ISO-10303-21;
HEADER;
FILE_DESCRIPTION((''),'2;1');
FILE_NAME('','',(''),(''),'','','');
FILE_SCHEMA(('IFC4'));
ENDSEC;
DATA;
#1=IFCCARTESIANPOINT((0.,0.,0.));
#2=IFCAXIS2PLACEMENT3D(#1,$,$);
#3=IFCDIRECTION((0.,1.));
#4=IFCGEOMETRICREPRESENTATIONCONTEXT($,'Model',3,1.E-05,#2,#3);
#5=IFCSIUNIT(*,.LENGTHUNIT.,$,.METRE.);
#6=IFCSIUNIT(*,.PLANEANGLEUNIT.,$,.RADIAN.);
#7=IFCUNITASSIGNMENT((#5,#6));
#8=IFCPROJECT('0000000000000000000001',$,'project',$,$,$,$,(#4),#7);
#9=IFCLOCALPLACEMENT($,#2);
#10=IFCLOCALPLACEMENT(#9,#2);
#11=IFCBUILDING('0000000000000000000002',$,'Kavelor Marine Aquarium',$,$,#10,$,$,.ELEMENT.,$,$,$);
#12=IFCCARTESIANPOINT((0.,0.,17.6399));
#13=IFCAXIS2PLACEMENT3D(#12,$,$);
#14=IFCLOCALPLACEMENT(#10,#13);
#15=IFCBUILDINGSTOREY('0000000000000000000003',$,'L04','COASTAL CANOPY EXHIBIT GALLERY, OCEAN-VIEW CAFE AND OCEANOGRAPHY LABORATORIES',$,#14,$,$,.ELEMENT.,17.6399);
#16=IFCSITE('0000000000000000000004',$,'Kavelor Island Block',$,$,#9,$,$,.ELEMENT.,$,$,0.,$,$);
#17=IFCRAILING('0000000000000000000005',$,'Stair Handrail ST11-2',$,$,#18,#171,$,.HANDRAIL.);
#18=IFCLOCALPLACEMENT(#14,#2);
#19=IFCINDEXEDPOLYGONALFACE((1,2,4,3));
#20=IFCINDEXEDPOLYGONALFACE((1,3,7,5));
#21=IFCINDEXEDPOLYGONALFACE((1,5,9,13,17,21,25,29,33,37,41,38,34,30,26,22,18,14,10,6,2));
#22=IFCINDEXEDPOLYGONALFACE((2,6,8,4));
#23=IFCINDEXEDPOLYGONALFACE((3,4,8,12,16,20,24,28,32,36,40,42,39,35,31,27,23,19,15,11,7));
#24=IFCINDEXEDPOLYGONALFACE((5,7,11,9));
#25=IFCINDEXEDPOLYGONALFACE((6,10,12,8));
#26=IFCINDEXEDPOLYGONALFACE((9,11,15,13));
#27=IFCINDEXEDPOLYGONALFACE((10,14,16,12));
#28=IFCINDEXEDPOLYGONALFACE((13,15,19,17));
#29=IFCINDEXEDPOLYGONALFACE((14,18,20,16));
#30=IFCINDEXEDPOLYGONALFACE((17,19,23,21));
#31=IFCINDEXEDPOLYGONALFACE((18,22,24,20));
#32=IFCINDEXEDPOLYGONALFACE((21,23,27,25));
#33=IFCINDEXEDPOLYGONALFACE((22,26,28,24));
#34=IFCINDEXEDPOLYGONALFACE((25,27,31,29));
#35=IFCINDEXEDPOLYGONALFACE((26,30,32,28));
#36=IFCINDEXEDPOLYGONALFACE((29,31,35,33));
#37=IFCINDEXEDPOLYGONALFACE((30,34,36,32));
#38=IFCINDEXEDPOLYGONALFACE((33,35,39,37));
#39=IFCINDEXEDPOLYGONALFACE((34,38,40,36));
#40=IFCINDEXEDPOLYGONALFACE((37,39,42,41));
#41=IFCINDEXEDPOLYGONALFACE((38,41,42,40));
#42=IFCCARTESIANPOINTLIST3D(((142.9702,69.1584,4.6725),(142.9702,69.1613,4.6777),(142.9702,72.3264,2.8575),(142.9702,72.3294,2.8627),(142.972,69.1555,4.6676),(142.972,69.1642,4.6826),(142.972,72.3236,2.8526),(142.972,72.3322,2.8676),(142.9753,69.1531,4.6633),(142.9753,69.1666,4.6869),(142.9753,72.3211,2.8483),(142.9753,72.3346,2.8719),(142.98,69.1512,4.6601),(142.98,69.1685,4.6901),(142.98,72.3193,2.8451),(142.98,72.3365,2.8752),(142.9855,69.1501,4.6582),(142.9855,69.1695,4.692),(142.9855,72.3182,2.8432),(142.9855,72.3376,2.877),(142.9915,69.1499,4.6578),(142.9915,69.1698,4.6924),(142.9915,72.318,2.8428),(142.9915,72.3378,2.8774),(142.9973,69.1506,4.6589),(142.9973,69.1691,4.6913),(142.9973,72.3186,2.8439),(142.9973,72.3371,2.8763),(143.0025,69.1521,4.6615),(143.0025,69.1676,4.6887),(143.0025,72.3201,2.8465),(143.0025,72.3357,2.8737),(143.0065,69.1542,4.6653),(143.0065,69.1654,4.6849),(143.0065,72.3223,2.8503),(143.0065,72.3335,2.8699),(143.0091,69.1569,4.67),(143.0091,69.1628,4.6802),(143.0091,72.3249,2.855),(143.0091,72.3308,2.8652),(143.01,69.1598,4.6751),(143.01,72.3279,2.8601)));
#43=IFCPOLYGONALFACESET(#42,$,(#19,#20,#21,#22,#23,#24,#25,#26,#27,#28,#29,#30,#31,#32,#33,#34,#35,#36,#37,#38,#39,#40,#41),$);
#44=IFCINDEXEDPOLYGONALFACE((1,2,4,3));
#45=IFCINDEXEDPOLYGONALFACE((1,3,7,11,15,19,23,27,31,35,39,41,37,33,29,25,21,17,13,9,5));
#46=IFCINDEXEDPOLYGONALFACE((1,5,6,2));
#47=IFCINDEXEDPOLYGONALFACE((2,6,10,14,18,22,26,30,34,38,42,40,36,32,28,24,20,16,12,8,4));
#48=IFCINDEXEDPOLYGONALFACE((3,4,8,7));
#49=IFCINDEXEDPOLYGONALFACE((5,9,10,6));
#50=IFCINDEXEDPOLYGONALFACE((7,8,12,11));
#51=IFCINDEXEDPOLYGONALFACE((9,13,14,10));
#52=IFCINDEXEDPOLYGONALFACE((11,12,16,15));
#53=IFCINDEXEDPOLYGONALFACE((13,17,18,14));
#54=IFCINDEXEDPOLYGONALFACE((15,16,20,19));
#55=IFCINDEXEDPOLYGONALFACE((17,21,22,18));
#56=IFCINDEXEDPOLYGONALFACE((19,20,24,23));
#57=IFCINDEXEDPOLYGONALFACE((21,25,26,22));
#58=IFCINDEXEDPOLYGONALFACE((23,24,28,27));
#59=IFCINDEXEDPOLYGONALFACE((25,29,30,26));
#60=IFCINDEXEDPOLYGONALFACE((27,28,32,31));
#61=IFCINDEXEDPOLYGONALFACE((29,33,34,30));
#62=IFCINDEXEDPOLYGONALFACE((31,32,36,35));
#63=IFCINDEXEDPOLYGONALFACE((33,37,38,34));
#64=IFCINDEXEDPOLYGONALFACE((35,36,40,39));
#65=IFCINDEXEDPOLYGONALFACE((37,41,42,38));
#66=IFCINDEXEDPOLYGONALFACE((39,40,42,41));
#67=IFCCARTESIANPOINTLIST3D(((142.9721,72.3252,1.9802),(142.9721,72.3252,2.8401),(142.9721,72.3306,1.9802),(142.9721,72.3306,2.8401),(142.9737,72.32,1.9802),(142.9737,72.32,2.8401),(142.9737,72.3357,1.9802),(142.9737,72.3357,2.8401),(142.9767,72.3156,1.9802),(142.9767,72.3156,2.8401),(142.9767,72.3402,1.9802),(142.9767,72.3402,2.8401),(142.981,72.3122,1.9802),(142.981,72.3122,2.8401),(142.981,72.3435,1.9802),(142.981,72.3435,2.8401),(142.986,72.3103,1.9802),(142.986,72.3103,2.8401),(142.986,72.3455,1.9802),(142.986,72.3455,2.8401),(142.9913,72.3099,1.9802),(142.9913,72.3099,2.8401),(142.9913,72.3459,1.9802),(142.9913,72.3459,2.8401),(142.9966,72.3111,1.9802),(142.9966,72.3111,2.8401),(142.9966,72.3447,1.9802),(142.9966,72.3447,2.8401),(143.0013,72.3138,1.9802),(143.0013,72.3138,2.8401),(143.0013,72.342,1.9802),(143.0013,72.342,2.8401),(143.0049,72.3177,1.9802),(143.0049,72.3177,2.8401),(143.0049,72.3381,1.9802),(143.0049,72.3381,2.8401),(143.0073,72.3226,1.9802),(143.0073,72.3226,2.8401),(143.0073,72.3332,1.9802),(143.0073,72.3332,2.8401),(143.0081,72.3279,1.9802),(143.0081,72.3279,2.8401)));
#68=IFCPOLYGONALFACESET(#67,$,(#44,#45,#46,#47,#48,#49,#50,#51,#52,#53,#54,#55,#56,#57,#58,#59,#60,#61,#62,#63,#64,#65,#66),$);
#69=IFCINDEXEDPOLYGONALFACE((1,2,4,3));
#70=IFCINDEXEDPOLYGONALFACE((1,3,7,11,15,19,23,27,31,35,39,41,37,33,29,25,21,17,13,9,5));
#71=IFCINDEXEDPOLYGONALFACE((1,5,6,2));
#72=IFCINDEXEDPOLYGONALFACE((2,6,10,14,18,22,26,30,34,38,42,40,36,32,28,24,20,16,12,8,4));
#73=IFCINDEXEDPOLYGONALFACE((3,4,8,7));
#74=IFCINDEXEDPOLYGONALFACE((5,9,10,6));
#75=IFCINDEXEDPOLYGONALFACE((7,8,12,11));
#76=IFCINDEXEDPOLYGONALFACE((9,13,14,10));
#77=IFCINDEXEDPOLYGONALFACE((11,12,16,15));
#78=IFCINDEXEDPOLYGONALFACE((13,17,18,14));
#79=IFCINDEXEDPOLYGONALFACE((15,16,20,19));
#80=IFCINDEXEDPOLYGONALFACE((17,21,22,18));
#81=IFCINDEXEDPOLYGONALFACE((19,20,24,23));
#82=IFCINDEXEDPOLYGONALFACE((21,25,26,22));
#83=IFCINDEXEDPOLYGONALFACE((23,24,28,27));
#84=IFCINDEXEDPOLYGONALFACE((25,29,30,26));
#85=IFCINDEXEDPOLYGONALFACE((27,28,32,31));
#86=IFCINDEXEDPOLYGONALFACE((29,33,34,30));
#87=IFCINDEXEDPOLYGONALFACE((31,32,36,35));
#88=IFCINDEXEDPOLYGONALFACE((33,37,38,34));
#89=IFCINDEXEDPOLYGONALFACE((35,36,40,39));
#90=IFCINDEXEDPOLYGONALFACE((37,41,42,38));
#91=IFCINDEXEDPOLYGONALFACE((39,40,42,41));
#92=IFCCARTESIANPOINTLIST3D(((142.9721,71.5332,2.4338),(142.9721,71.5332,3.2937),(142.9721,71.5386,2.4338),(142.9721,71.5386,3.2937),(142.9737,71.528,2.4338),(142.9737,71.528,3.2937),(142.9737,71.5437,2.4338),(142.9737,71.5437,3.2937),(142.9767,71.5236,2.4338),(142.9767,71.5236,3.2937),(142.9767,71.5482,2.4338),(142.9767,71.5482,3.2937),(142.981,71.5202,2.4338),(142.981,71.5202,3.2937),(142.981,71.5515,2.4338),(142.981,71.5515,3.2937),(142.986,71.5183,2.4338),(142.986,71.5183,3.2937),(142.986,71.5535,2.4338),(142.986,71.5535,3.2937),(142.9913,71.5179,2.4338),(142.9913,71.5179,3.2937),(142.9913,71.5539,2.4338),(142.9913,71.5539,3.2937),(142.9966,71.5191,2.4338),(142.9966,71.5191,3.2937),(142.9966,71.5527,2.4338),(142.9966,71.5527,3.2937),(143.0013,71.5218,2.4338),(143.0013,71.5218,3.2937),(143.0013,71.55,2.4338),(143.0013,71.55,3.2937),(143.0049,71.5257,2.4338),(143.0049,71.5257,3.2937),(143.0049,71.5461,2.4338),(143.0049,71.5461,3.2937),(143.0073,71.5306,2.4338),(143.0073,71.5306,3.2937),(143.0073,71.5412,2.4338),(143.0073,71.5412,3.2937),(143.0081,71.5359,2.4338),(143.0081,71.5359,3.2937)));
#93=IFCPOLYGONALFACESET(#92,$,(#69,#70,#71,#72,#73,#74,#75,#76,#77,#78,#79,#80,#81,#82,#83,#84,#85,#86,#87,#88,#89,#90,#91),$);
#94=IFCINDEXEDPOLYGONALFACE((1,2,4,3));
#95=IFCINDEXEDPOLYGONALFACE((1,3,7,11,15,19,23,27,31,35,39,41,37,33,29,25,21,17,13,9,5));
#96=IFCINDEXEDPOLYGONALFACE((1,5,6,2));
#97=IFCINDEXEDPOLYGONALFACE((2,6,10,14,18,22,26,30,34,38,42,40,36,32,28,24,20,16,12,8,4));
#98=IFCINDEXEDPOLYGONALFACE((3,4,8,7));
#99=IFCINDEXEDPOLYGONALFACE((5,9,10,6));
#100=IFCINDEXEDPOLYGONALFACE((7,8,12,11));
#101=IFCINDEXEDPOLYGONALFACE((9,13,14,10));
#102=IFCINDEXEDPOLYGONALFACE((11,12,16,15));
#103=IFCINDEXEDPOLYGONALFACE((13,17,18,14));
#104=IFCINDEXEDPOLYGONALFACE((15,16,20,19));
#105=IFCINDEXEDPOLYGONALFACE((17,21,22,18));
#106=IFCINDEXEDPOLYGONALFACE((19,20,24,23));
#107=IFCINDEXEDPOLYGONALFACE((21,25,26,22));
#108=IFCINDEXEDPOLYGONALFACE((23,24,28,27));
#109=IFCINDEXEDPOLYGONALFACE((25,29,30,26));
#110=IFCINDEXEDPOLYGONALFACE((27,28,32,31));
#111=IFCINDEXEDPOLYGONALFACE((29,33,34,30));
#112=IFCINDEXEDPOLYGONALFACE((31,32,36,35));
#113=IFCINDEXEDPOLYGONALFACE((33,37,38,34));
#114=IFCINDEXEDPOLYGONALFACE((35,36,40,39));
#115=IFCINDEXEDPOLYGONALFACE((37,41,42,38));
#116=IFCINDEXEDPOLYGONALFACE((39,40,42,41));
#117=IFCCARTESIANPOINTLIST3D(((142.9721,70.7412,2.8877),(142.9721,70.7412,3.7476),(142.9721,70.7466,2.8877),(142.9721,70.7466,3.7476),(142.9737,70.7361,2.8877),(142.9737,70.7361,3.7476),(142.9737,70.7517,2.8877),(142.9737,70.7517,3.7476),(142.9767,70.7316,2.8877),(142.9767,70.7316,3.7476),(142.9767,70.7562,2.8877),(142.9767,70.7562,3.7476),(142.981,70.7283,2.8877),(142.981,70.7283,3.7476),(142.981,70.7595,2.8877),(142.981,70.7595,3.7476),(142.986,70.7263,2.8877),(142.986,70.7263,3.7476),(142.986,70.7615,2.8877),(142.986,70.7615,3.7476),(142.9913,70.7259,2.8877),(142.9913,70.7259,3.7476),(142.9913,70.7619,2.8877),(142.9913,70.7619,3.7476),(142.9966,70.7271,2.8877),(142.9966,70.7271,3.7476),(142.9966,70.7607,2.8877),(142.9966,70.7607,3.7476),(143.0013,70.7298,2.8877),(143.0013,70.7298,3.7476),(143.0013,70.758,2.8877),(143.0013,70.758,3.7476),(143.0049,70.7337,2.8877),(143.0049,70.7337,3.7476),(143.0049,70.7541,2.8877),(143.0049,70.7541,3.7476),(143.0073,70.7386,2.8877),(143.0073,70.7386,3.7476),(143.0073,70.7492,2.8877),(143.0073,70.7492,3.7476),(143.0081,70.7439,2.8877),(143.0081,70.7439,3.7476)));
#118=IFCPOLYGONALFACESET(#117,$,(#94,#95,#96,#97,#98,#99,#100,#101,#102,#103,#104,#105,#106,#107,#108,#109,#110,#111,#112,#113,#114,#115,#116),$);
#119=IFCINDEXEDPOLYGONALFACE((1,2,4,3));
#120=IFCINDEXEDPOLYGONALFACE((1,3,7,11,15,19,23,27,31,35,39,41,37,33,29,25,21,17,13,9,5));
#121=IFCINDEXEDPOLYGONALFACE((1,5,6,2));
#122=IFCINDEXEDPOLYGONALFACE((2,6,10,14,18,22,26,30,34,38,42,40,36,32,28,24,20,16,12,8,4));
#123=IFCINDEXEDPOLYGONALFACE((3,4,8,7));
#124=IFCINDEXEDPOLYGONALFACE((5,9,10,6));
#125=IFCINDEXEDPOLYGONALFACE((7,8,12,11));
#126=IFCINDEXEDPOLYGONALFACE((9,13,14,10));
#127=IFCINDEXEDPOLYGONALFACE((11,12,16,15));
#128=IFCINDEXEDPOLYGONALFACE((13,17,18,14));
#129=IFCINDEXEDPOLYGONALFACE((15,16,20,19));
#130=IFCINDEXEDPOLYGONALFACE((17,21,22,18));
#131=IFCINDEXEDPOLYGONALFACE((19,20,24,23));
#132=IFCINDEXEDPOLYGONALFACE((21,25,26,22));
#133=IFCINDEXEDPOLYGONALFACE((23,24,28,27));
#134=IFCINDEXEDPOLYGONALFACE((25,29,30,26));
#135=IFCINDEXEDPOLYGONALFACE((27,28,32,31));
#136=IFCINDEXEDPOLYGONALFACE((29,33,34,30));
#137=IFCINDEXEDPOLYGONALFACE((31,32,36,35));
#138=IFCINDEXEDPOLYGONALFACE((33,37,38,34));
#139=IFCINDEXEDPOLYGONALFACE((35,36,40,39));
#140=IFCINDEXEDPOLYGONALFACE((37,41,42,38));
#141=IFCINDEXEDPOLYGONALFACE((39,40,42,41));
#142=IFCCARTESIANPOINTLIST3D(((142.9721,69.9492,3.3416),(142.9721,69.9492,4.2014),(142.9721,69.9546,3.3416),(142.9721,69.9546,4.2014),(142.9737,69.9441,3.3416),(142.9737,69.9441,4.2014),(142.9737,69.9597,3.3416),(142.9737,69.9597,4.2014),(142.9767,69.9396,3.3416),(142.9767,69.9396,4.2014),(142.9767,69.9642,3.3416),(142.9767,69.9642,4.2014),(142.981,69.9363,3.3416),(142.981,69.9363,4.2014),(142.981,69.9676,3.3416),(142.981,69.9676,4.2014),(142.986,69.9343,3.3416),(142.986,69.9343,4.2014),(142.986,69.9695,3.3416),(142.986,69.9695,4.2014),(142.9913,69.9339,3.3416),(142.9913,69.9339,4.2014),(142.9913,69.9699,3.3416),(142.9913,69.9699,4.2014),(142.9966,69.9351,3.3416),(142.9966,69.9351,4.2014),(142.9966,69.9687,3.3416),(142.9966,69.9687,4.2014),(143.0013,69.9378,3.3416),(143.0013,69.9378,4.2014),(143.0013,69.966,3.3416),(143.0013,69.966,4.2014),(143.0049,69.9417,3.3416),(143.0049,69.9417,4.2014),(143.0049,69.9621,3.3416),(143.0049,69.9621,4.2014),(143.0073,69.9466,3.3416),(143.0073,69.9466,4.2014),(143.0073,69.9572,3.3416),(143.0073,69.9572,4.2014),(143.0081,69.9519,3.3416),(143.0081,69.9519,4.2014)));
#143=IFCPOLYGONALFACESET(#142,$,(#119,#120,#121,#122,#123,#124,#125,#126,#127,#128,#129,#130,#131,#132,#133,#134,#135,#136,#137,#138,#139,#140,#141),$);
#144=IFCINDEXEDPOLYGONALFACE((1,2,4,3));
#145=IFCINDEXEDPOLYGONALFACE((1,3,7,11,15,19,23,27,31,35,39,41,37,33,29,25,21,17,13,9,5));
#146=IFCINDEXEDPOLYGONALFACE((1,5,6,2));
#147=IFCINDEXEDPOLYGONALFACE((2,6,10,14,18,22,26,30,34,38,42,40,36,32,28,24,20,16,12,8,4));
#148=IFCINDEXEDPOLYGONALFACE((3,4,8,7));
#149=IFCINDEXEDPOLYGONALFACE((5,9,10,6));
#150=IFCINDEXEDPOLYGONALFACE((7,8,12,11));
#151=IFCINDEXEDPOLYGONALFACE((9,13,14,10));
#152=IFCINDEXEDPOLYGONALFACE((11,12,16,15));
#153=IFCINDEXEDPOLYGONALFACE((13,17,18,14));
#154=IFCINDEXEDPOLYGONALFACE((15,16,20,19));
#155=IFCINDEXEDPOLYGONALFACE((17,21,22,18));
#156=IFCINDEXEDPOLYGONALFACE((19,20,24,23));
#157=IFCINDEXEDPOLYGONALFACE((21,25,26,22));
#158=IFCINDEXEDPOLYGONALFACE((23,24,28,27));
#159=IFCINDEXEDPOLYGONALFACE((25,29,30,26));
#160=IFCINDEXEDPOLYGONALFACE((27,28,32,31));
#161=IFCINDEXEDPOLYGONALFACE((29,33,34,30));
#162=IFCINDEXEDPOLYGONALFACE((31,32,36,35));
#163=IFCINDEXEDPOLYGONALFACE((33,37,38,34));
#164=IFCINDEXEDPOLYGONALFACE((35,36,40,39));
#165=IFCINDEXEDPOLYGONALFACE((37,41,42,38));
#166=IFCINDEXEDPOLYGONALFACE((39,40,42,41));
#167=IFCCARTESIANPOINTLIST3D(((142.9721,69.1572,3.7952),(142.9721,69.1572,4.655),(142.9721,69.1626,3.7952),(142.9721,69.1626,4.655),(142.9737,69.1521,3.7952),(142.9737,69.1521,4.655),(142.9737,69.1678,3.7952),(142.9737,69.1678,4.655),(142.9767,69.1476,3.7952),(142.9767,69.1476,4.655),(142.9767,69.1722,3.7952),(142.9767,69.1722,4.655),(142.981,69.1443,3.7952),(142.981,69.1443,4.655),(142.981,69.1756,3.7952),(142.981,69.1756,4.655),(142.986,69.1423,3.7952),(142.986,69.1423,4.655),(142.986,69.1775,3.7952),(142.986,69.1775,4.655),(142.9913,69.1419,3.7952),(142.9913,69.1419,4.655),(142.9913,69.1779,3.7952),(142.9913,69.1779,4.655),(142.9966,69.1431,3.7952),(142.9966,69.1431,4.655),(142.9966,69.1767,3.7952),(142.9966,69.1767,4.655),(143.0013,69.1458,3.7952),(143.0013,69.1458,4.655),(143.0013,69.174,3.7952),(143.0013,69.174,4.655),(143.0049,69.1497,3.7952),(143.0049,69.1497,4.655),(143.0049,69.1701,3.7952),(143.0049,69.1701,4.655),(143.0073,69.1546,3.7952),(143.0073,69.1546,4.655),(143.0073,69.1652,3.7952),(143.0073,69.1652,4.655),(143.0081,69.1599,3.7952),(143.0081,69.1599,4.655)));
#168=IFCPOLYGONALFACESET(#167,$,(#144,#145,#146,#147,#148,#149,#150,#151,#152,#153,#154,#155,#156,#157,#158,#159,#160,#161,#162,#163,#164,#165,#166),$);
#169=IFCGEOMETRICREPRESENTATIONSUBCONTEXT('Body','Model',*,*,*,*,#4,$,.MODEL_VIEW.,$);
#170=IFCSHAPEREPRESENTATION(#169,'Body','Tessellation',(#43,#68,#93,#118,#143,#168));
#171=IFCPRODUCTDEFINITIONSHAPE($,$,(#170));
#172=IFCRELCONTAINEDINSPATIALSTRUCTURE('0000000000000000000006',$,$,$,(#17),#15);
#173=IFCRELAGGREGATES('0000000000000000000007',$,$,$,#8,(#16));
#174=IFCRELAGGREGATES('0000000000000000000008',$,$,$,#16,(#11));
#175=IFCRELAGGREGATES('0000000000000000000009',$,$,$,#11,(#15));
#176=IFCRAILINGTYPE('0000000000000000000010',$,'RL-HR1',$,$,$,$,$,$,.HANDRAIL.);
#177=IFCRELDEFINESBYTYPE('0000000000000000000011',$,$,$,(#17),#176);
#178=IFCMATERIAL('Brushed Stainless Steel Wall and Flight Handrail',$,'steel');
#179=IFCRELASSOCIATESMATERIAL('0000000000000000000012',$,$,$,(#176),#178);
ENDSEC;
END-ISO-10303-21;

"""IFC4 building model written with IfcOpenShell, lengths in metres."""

from ifc_helpers import new_model, si_unit, direction, frame, origin, origin_2d, place, context, subcontext, project, spatial, circle, extrude, material, type_object, element, save


model = new_model("IFC4")

# Units and contexts
model_context = context("Model", 3, precision=1e-05, world=origin(), true_north=direction((0.0, 1.0)))
body_context = subcontext(model_context, "Body", "Model", "MODEL_VIEW")
ifc_project = project(units=[si_unit("LENGTHUNIT", "METRE"), si_unit("PLANEANGLEUNIT", "RADIAN")], contexts=[model_context])

# Site, building, storey
site_placement = place(None, origin())
site = spatial("IfcSite", under=ifc_project, at=site_placement, Name="Kavelor Island Block", CompositionType="ELEMENT", RefElevation=0.0)
building_placement = place(site_placement, origin())
building = spatial("IfcBuilding", under=site, at=building_placement, Name="Kavelor Marine Aquarium", CompositionType="ELEMENT")
storey_placement = place(building_placement, frame((0.0, 0.0, 17.6399)))
storey = spatial("IfcBuildingStorey", under=building, at=storey_placement, Name="L04", Description="COASTAL CANOPY EXHIBIT GALLERY, OCEAN-VIEW CAFE AND OCEANOGRAPHY LABORATORIES", CompositionType="ELEMENT", Elevation=17.6399)

# Railing
ifc_material_1 = material(Name="Brushed Stainless Steel Wall and Flight Handrail", Category="steel")
railing_type_1 = type_object("IfcRailingType", Name="RL-HR1", PredefinedType="HANDRAIL", material=ifc_material_1)
railing_1_placement = place(storey_placement, frame((142.99, 72.3279, 1.9802)))
element("IfcRailing", 1, at=railing_1_placement, inside=storey, type_object=railing_type_1, Name="Stair Handrail ST11-2", PredefinedType="HANDRAIL", context=body_context, shape_type="SweptSolid", body=[
    extrude(circle(Radius=0.02, at=origin_2d()), frame((0.0, 0.0, 0.8799), z_axis=(0.0, -0.867691, 0.497104), x_axis=(1.0, 0.0, 0.0)), (0.0, 0.0, 1.0), 3.6511),
    extrude(circle(Radius=0.0181, at=origin_2d()), origin(), (0.0, 0.0, 1.0), 0.8599),
    extrude(circle(Radius=0.0181, at=origin_2d()), frame((0.0, -0.792, 0.4536)), (0.0, 0.0, 1.0), 0.8599),
    extrude(circle(Radius=0.0181, at=origin_2d()), frame((0.0, -1.584, 0.9075)), (0.0, 0.0, 1.0), 0.8599),
    extrude(circle(Radius=0.0181, at=origin_2d()), frame((0.0, -2.376, 1.3613)), (0.0, 0.0, 1.0), 0.8599),
    extrude(circle(Radius=0.0181, at=origin_2d()), frame((0.0, -3.168, 1.8149)), (0.0, 0.0, 1.0), 0.8599),
])

save(model, "model.ifc")
